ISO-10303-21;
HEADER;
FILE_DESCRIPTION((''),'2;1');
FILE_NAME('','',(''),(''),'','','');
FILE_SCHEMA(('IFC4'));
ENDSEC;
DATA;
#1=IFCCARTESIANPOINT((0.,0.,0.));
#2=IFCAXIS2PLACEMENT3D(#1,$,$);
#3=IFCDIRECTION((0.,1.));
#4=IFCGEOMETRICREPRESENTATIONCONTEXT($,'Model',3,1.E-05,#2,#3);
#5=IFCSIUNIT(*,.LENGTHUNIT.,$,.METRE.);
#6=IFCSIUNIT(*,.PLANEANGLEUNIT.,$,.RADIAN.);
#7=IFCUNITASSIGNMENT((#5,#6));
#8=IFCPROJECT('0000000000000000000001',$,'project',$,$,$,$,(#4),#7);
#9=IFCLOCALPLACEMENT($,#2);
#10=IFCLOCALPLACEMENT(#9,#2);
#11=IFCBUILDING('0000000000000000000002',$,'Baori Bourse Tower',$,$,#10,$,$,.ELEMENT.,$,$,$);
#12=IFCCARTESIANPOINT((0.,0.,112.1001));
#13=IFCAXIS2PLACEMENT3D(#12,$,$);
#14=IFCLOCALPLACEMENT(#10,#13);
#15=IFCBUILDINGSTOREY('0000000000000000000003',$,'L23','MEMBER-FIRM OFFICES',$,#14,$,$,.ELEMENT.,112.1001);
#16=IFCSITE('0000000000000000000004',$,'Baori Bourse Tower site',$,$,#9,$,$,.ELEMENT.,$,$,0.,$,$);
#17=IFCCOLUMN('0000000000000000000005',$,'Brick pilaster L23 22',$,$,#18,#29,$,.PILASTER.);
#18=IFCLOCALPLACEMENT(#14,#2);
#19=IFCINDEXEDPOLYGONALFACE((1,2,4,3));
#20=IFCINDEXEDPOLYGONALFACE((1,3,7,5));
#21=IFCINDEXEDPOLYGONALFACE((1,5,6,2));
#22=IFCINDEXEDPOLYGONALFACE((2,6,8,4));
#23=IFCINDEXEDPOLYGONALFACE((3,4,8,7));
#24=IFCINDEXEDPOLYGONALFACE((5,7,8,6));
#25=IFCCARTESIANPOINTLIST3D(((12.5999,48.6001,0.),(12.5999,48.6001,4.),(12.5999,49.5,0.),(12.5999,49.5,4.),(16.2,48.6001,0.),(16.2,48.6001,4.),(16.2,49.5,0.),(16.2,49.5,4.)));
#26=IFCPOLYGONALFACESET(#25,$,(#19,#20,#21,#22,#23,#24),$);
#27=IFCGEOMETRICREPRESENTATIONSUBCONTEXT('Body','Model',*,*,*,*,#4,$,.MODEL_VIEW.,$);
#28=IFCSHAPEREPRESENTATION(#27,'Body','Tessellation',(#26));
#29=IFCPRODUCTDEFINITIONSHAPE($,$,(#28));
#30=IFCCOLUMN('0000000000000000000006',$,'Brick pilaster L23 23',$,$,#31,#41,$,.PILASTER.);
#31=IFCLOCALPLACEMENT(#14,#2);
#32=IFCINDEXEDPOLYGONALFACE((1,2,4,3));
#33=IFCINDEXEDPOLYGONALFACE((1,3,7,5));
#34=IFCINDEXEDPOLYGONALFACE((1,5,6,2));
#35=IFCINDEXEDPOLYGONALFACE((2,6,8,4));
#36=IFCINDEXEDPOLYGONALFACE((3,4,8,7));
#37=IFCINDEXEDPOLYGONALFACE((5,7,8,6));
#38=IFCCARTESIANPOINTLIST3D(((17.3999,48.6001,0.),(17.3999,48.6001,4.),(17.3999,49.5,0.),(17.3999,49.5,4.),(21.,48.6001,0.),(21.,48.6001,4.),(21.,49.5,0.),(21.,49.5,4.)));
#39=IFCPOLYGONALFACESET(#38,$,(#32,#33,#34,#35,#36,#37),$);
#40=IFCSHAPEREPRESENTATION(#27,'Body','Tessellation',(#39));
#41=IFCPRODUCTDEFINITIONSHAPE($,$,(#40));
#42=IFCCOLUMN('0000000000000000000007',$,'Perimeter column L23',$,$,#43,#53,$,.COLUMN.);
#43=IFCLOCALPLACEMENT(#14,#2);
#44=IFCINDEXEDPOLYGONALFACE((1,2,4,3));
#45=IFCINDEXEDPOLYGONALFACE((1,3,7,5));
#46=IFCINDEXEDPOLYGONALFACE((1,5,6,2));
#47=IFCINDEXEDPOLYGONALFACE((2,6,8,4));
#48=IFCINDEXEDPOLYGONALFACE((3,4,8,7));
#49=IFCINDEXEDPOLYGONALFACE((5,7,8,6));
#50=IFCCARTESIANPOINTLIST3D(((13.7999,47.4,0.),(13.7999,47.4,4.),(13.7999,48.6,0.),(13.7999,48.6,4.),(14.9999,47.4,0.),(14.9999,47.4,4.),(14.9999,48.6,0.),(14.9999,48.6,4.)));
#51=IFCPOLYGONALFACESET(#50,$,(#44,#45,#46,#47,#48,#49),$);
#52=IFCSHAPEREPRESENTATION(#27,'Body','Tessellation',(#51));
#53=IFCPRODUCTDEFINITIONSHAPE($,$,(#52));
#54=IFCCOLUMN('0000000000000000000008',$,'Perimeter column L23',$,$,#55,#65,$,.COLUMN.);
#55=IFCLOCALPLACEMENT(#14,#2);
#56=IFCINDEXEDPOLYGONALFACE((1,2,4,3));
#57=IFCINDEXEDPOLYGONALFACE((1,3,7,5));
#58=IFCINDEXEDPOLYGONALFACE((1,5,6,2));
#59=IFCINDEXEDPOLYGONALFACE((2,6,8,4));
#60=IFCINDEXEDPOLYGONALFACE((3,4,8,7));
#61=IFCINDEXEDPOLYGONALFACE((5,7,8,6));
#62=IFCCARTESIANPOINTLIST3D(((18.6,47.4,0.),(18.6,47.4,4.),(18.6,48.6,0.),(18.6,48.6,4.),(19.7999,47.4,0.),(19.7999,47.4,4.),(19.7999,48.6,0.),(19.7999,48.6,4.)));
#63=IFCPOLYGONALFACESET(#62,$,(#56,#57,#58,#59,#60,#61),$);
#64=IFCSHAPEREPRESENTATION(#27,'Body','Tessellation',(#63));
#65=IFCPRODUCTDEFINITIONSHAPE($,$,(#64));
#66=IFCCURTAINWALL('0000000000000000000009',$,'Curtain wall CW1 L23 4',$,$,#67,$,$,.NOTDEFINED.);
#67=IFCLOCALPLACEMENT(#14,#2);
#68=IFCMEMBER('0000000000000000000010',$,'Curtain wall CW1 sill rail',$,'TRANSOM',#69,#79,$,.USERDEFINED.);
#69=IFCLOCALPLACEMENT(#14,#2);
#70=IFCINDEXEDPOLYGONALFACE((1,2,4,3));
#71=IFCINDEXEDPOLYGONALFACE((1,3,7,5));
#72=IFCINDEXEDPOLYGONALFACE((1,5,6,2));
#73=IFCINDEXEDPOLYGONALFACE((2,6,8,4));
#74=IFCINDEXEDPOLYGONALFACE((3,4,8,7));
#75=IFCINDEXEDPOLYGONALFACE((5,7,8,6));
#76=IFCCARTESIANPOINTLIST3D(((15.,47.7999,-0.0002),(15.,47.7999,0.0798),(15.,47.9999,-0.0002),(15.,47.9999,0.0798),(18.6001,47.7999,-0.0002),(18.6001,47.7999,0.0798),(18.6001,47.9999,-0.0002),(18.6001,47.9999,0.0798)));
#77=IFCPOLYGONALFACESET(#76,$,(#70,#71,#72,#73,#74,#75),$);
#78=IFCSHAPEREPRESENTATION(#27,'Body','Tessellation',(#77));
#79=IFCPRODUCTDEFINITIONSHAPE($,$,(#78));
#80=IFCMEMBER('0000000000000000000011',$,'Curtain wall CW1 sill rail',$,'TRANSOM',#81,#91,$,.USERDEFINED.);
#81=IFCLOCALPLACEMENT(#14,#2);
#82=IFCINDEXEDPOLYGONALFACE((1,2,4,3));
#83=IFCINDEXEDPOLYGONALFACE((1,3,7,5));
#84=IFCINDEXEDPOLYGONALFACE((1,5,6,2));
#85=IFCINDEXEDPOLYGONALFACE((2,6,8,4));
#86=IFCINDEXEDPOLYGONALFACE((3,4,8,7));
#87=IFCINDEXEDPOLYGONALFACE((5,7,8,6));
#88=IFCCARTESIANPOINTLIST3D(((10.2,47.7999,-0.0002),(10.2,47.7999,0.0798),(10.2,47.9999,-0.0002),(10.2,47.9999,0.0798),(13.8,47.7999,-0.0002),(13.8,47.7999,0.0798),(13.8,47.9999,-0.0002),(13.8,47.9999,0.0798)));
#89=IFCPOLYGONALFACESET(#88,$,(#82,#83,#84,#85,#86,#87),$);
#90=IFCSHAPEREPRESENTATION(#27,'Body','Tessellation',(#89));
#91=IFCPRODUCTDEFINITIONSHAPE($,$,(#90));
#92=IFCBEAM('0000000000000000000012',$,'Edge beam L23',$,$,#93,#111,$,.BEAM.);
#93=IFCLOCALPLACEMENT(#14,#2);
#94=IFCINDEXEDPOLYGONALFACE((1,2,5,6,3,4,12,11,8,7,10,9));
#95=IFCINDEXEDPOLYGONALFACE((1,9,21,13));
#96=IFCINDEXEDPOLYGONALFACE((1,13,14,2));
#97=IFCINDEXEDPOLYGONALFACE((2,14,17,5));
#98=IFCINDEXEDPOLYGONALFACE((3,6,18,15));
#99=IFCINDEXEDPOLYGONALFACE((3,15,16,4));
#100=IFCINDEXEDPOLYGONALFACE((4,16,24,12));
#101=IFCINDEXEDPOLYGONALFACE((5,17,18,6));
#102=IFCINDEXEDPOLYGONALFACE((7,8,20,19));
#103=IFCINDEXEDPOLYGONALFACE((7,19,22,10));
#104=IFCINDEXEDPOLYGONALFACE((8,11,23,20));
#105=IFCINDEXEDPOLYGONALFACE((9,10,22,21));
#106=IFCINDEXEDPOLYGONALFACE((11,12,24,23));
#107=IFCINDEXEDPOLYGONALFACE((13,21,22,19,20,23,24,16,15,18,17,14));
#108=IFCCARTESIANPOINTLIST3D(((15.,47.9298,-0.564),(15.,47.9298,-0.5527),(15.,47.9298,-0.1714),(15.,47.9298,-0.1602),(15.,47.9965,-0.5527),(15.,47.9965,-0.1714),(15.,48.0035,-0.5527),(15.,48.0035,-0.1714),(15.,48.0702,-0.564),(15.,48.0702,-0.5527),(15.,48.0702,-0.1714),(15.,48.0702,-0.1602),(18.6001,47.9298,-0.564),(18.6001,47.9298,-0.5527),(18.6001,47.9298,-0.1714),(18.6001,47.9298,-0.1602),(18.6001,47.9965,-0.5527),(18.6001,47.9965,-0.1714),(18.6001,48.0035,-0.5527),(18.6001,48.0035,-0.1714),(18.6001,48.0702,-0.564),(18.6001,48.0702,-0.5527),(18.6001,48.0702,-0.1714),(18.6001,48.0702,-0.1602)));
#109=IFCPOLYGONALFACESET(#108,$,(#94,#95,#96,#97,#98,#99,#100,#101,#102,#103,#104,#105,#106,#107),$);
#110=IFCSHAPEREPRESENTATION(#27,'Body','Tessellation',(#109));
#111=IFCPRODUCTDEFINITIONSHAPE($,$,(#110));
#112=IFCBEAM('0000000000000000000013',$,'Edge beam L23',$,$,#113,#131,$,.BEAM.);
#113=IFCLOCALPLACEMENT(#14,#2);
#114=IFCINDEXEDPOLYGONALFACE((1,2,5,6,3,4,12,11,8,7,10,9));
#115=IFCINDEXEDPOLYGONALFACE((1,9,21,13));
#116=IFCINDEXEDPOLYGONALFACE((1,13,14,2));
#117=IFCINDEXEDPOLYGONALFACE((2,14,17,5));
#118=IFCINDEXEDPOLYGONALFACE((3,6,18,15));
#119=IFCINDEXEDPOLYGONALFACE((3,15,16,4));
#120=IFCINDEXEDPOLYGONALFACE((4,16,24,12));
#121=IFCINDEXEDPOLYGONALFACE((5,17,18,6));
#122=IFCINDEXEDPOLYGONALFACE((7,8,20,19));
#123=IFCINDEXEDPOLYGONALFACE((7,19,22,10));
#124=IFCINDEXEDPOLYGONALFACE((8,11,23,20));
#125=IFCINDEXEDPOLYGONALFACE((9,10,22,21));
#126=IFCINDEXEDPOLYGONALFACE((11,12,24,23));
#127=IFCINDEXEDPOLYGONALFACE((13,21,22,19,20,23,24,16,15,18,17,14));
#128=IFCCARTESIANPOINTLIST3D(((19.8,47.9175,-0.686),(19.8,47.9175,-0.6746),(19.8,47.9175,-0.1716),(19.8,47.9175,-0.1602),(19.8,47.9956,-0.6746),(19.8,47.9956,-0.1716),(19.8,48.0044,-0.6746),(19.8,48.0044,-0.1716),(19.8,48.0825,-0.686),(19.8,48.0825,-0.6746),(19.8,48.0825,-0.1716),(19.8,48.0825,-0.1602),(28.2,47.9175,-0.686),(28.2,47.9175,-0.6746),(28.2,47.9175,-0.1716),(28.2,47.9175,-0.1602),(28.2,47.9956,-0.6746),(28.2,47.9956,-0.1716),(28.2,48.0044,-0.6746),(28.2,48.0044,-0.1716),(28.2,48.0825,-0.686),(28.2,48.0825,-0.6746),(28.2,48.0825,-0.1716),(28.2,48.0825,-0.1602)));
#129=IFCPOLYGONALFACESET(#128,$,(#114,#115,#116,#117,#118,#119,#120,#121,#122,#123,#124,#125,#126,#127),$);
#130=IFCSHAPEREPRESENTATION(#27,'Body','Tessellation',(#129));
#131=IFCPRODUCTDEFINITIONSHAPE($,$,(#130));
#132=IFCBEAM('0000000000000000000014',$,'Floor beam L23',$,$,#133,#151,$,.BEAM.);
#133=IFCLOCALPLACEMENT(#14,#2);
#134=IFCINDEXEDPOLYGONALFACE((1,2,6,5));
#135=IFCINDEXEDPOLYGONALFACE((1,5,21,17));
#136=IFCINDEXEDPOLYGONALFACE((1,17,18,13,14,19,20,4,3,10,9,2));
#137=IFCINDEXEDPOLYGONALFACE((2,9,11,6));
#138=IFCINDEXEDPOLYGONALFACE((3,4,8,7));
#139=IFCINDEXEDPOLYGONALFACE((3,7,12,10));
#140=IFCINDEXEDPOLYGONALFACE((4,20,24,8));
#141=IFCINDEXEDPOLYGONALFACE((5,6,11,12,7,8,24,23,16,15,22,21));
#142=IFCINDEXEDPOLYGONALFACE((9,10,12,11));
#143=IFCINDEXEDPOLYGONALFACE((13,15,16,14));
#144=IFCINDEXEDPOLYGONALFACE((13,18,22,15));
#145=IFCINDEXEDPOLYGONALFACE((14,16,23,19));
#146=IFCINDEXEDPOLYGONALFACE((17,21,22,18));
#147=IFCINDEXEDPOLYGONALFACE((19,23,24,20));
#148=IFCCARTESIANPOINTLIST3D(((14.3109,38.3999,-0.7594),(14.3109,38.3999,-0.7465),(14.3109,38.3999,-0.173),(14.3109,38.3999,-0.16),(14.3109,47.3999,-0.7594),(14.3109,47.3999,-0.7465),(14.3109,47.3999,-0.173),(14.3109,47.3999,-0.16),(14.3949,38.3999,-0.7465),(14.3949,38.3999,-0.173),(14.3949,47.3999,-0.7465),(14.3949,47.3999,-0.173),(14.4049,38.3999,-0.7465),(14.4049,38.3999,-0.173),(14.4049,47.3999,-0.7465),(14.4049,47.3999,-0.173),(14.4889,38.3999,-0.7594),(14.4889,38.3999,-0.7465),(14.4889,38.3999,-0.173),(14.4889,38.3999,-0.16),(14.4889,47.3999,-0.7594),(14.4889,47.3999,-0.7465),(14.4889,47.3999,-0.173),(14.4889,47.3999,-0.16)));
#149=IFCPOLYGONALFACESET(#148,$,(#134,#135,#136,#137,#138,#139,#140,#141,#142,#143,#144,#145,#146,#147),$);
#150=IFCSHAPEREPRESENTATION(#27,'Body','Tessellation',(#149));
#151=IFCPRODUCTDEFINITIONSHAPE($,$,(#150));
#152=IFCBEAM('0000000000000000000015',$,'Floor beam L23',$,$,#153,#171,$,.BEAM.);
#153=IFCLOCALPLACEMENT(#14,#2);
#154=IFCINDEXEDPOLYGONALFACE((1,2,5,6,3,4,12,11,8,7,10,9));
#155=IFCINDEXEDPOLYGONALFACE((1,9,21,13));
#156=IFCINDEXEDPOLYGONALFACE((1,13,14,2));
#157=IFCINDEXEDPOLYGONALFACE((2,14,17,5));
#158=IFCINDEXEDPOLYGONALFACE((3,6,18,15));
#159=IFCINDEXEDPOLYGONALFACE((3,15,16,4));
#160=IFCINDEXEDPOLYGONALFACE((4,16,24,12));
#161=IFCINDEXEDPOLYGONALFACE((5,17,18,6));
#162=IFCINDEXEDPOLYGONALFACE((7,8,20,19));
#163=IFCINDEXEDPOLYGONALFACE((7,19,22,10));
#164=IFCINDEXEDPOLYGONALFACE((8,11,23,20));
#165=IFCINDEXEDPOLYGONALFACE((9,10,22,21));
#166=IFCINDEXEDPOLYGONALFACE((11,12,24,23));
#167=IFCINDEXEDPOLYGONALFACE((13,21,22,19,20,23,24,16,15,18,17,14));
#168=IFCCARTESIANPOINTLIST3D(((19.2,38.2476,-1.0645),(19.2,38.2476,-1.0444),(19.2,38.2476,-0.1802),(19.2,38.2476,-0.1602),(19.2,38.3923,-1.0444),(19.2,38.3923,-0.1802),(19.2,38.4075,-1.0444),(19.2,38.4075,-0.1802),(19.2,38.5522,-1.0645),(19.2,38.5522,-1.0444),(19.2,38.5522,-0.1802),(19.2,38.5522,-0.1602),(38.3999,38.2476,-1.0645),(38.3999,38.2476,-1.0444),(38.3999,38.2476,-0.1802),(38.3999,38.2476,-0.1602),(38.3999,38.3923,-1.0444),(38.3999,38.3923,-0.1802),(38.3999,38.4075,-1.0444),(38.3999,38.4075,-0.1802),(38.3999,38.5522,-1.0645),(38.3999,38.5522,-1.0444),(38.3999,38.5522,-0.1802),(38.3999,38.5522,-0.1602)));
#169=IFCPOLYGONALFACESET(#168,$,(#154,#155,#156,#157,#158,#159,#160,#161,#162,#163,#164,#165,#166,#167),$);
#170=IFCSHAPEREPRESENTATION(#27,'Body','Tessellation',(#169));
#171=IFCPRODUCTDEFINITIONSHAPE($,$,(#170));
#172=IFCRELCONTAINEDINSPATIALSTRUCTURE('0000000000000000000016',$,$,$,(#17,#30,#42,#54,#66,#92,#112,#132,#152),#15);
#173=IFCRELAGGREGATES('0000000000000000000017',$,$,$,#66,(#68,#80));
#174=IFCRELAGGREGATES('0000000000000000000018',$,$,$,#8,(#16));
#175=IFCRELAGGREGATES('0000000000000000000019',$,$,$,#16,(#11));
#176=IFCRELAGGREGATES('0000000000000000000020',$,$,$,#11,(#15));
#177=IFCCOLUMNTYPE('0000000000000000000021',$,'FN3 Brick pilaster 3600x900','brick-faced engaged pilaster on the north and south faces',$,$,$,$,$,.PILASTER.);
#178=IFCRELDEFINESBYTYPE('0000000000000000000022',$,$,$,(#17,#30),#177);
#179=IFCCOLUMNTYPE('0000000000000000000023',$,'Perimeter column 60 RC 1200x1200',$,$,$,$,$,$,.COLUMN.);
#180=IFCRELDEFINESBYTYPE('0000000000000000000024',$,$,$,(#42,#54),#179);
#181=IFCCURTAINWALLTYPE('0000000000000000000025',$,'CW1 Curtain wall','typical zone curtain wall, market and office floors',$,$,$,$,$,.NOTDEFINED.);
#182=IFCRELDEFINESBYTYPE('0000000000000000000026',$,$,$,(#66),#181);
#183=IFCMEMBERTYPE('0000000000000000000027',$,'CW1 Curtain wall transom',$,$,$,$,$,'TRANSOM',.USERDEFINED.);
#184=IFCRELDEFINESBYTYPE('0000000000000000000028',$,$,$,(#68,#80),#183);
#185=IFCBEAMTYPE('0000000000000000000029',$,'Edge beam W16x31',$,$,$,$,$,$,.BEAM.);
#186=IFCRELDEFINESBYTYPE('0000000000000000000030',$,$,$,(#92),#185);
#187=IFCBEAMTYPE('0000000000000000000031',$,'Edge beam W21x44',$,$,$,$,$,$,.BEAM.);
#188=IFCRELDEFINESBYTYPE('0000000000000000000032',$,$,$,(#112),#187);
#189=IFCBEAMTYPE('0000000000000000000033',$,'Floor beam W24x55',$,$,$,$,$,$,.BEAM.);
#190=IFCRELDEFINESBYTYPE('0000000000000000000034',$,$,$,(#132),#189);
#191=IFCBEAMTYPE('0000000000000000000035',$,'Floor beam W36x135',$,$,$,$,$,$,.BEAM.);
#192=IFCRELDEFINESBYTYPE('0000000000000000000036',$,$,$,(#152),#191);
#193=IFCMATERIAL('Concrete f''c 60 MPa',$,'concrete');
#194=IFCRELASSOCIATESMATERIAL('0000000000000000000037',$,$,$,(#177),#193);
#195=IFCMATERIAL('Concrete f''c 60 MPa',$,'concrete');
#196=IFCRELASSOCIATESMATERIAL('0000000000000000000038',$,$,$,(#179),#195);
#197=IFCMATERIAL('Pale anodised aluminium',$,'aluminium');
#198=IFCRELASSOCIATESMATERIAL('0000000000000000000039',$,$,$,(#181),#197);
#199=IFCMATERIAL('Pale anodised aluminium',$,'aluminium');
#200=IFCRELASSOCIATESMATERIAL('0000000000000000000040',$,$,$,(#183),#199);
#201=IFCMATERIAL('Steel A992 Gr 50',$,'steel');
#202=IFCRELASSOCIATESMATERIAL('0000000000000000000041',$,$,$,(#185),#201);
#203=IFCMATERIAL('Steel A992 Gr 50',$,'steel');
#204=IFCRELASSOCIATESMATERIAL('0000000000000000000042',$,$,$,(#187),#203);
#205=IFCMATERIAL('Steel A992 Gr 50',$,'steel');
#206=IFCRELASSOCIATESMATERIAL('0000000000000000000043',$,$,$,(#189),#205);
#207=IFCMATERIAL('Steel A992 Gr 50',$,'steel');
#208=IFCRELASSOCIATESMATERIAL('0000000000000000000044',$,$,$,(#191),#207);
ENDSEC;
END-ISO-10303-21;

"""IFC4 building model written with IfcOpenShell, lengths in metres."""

from ifc_helpers import new_model, si_unit, direction, frame, origin, origin_2d, place, context, subcontext, project, spatial, rectangle, i_section, extrude, material, material_profile, profile_set, type_object, element, aggregate, save


model = new_model("IFC4")

# Units and contexts
model_context = context("Model", 3, precision=1e-05, world=origin(), true_north=direction((0.0, 1.0)))
body_context = subcontext(model_context, "Body", "Model", "MODEL_VIEW")
ifc_project = project(units=[si_unit("LENGTHUNIT", "METRE"), si_unit("PLANEANGLEUNIT", "RADIAN")], contexts=[model_context])

# Site, building, storey
site_placement = place(None, origin())
site = spatial("IfcSite", under=ifc_project, at=site_placement, Name="Baori Bourse Tower site", CompositionType="ELEMENT", RefElevation=0.0)
building_placement = place(site_placement, origin())
building = spatial("IfcBuilding", under=site, at=building_placement, Name="Baori Bourse Tower", CompositionType="ELEMENT")
storey_placement = place(building_placement, frame((0.0, 0.0, 112.1001)))
storey = spatial("IfcBuildingStorey", under=building, at=storey_placement, Name="L23", Description="MEMBER-FIRM OFFICES", CompositionType="ELEMENT", Elevation=112.1001)

# Columns
ifc_material_1 = material(Name="Concrete f'c 60 MPa", Category="concrete")
ifc_material_profile_1 = material_profile(ifc_material_1, rectangle(XDim=3.6001, YDim=0.8999, at=origin_2d()), Name="RC 3600x900")
ifc_profile_set_1 = profile_set([ifc_material_profile_1], Name="Concrete f'c 60 MPa")
column_type_1 = type_object("IfcColumnType", Name="FN3 Brick pilaster 3600x900", Description="brick-faced engaged pilaster on the north and south faces", PredefinedType="PILASTER", material=ifc_profile_set_1)
for number, where, z_axis, x_axis, name in (
    (1, (14.3999, 49.05, 0.0), (0.0, 0.0, 1.0), (1.0, 0.0, 0.0), "Brick pilaster L23 22"),
    (2, (19.2, 49.05, 0.0), (0.0, 0.0, 1.0), (1.0, 0.0, 0.0), "Brick pilaster L23 23"),
):
    element("IfcColumn", number, at=place(storey_placement, frame(where, z_axis=z_axis, x_axis=x_axis)), inside=storey, type_object=column_type_1, Name=name, PredefinedType="PILASTER", context=body_context, shape_type="SweptSolid", body=[
        extrude(rectangle(XDim=3.6001, YDim=0.8999, at=origin_2d()), origin(), (0.0, 0.0, 1.0), 4.0),
    ])
ifc_material_2 = material(Name="Concrete f'c 60 MPa", Category="concrete")
ifc_material_profile_2 = material_profile(ifc_material_2, rectangle(XDim=1.2, YDim=1.2, at=origin_2d()), Name="RC 1200x1200")
ifc_profile_set_2 = profile_set([ifc_material_profile_2], Name="Concrete f'c 60 MPa")
column_type_2 = type_object("IfcColumnType", Name="Perimeter column 60 RC 1200x1200", PredefinedType="COLUMN", material=ifc_profile_set_2)
for number, where, z_axis, x_axis, name in (
    (3, (14.3999, 48.0, 0.0), (0.0, 0.0, 1.0), (1.0, 0.0, 0.0), "Perimeter column L23"),
    (4, (19.2, 48.0, 0.0), (0.0, 0.0, 1.0), (1.0, 0.0, 0.0), "Perimeter column L23"),
):
    element("IfcColumn", number, at=place(storey_placement, frame(where, z_axis=z_axis, x_axis=x_axis)), inside=storey, type_object=column_type_2, Name=name, PredefinedType="COLUMN", context=body_context, shape_type="SweptSolid", body=[
        extrude(rectangle(XDim=1.2, YDim=1.2, at=origin_2d()), origin(), (0.0, 0.0, 1.0), 4.0),
    ])

# Curtain wall, members
ifc_material_3 = material(Name="Pale anodised aluminium", Category="aluminium")
curtain_wall_type = type_object("IfcCurtainWallType", Name="CW1 Curtain wall", Description="typical zone curtain wall, market and office floors", PredefinedType="NOTDEFINED", material=ifc_material_3)
curtain_wall_placement = place(storey_placement, origin())
curtain_wall = element("IfcCurtainWall", 5, at=curtain_wall_placement, inside=storey, type_object=curtain_wall_type, Name="Curtain wall CW1 L23 4", PredefinedType="NOTDEFINED")
ifc_material_4 = material(Name="Pale anodised aluminium", Category="aluminium")
ifc_material_profile_3 = material_profile(ifc_material_4, rectangle(XDim=0.2, YDim=0.0801, at=origin_2d()), Name="Transom 80x200")
ifc_profile_set_3 = profile_set([ifc_material_profile_3], Name="Pale anodised aluminium")
member_type = type_object("IfcMemberType", Name="CW1 Curtain wall transom", ElementType="TRANSOM", PredefinedType="USERDEFINED", material=ifc_profile_set_3)
member_1_placement = place(storey_placement, frame((18.6001, 47.8999, 0.0398), z_axis=(-1.0, 0.0, 0.0), x_axis=(0.0, -1.0, 0.0)))
member_1 = element("IfcMember", 6, at=member_1_placement, type_object=member_type, Name="Curtain wall CW1 sill rail", ObjectType="TRANSOM", PredefinedType="USERDEFINED", context=body_context, shape_type="SweptSolid", body=[
    extrude(rectangle(XDim=0.2, YDim=0.0801, at=origin_2d()), origin(), (0.0, 0.0, 1.0), 3.6001),
])
member_2_placement = place(storey_placement, frame((13.8, 47.8999, 0.0398), z_axis=(-1.0, 0.0, 0.0), x_axis=(0.0, -1.0, 0.0)))
member_2 = element("IfcMember", 7, at=member_2_placement, type_object=member_type, Name="Curtain wall CW1 sill rail", ObjectType="TRANSOM", PredefinedType="USERDEFINED", context=body_context, shape_type="SweptSolid", body=[
    extrude(rectangle(XDim=0.2, YDim=0.0801, at=origin_2d()), origin(), (0.0, 0.0, 1.0), 3.6001),
])

# Beams
ifc_material_5 = material(Name="Steel A992 Gr 50", Category="steel")
ifc_material_profile_4 = material_profile(ifc_material_5, i_section(OverallWidth=0.1404, OverallDepth=0.4038, WebThickness=0.0071, FlangeThickness=0.0112, at=origin_2d()), Name="W16x31")
ifc_profile_set_4 = profile_set([ifc_material_profile_4], Name="Steel A992 Gr 50")
beam_type_1 = type_object("IfcBeamType", Name="Edge beam W16x31", PredefinedType="BEAM", material=ifc_profile_set_4)
beam_1_placement = place(storey_placement, frame((15.0, 48.0, -0.3621), z_axis=(1.0, 0.0, 0.0), x_axis=(0.0, 1.0, 0.0)))
element("IfcBeam", 8, at=beam_1_placement, inside=storey, type_object=beam_type_1, Name="Edge beam L23", PredefinedType="BEAM", context=body_context, shape_type="SweptSolid", body=[
    extrude(i_section(OverallWidth=0.1404, OverallDepth=0.4038, WebThickness=0.0071, FlangeThickness=0.0112, at=origin_2d()), origin(), (0.0, 0.0, 1.0), 3.6001),
])
ifc_material_6 = material(Name="Steel A992 Gr 50", Category="steel")
ifc_material_profile_5 = material_profile(ifc_material_6, i_section(OverallWidth=0.165, OverallDepth=0.5259, WebThickness=0.0088, FlangeThickness=0.0115, at=origin_2d()), Name="W21x44")
ifc_profile_set_5 = profile_set([ifc_material_profile_5], Name="Steel A992 Gr 50")
beam_type_2 = type_object("IfcBeamType", Name="Edge beam W21x44", PredefinedType="BEAM", material=ifc_profile_set_5)
beam_2_placement = place(storey_placement, frame((19.8, 48.0, -0.4231), z_axis=(1.0, 0.0, 0.0), x_axis=(0.0, 1.0, 0.0)))
element("IfcBeam", 9, at=beam_2_placement, inside=storey, type_object=beam_type_2, Name="Edge beam L23", PredefinedType="BEAM", context=body_context, shape_type="SweptSolid", body=[
    extrude(i_section(OverallWidth=0.165, OverallDepth=0.5259, WebThickness=0.0088, FlangeThickness=0.0115, at=origin_2d()), origin(), (0.0, 0.0, 1.0), 8.3999),
])
ifc_material_7 = material(Name="Steel A992 Gr 50", Category="steel")
ifc_material_profile_6 = material_profile(ifc_material_7, i_section(OverallWidth=0.178, OverallDepth=0.5994, WebThickness=0.01, FlangeThickness=0.0129, at=origin_2d()), Name="W24x55")
ifc_profile_set_6 = profile_set([ifc_material_profile_6], Name="Steel A992 Gr 50")
beam_type_3 = type_object("IfcBeamType", Name="Floor beam W24x55", PredefinedType="BEAM", material=ifc_profile_set_6)
beam_3_placement = place(storey_placement, frame((14.3999, 38.3999, -0.4597), z_axis=(0.0, 1.0, 0.0), x_axis=(-1.0, 0.0, 0.0)))
element("IfcBeam", 10, at=beam_3_placement, inside=storey, type_object=beam_type_3, Name="Floor beam L23", PredefinedType="BEAM", context=body_context, shape_type="SweptSolid", body=[
    extrude(i_section(OverallWidth=0.178, OverallDepth=0.5994, WebThickness=0.01, FlangeThickness=0.0129, at=origin_2d()), origin(), (0.0, 0.0, 1.0), 9.0),
])
ifc_material_8 = material(Name="Steel A992 Gr 50", Category="steel")
ifc_material_profile_7 = material_profile(ifc_material_8, i_section(OverallWidth=0.3047, OverallDepth=0.9043, WebThickness=0.0151, FlangeThickness=0.02, at=origin_2d()), Name="W36x135")
ifc_profile_set_7 = profile_set([ifc_material_profile_7], Name="Steel A992 Gr 50")
beam_type_4 = type_object("IfcBeamType", Name="Floor beam W36x135", PredefinedType="BEAM", material=ifc_profile_set_7)
beam_4_placement = place(storey_placement, frame((19.2, 38.3999, -0.6123), z_axis=(1.0, 0.0, 0.0), x_axis=(0.0, 1.0, 0.0)))
element("IfcBeam", 11, at=beam_4_placement, inside=storey, type_object=beam_type_4, Name="Floor beam L23", PredefinedType="BEAM", context=body_context, shape_type="SweptSolid", body=[
    extrude(i_section(OverallWidth=0.3047, OverallDepth=0.9043, WebThickness=0.0151, FlangeThickness=0.02, at=origin_2d()), origin(), (0.0, 0.0, 1.0), 19.2),
])

aggregate(curtain_wall, [member_1, member_2])

save(model, "model.ifc")
